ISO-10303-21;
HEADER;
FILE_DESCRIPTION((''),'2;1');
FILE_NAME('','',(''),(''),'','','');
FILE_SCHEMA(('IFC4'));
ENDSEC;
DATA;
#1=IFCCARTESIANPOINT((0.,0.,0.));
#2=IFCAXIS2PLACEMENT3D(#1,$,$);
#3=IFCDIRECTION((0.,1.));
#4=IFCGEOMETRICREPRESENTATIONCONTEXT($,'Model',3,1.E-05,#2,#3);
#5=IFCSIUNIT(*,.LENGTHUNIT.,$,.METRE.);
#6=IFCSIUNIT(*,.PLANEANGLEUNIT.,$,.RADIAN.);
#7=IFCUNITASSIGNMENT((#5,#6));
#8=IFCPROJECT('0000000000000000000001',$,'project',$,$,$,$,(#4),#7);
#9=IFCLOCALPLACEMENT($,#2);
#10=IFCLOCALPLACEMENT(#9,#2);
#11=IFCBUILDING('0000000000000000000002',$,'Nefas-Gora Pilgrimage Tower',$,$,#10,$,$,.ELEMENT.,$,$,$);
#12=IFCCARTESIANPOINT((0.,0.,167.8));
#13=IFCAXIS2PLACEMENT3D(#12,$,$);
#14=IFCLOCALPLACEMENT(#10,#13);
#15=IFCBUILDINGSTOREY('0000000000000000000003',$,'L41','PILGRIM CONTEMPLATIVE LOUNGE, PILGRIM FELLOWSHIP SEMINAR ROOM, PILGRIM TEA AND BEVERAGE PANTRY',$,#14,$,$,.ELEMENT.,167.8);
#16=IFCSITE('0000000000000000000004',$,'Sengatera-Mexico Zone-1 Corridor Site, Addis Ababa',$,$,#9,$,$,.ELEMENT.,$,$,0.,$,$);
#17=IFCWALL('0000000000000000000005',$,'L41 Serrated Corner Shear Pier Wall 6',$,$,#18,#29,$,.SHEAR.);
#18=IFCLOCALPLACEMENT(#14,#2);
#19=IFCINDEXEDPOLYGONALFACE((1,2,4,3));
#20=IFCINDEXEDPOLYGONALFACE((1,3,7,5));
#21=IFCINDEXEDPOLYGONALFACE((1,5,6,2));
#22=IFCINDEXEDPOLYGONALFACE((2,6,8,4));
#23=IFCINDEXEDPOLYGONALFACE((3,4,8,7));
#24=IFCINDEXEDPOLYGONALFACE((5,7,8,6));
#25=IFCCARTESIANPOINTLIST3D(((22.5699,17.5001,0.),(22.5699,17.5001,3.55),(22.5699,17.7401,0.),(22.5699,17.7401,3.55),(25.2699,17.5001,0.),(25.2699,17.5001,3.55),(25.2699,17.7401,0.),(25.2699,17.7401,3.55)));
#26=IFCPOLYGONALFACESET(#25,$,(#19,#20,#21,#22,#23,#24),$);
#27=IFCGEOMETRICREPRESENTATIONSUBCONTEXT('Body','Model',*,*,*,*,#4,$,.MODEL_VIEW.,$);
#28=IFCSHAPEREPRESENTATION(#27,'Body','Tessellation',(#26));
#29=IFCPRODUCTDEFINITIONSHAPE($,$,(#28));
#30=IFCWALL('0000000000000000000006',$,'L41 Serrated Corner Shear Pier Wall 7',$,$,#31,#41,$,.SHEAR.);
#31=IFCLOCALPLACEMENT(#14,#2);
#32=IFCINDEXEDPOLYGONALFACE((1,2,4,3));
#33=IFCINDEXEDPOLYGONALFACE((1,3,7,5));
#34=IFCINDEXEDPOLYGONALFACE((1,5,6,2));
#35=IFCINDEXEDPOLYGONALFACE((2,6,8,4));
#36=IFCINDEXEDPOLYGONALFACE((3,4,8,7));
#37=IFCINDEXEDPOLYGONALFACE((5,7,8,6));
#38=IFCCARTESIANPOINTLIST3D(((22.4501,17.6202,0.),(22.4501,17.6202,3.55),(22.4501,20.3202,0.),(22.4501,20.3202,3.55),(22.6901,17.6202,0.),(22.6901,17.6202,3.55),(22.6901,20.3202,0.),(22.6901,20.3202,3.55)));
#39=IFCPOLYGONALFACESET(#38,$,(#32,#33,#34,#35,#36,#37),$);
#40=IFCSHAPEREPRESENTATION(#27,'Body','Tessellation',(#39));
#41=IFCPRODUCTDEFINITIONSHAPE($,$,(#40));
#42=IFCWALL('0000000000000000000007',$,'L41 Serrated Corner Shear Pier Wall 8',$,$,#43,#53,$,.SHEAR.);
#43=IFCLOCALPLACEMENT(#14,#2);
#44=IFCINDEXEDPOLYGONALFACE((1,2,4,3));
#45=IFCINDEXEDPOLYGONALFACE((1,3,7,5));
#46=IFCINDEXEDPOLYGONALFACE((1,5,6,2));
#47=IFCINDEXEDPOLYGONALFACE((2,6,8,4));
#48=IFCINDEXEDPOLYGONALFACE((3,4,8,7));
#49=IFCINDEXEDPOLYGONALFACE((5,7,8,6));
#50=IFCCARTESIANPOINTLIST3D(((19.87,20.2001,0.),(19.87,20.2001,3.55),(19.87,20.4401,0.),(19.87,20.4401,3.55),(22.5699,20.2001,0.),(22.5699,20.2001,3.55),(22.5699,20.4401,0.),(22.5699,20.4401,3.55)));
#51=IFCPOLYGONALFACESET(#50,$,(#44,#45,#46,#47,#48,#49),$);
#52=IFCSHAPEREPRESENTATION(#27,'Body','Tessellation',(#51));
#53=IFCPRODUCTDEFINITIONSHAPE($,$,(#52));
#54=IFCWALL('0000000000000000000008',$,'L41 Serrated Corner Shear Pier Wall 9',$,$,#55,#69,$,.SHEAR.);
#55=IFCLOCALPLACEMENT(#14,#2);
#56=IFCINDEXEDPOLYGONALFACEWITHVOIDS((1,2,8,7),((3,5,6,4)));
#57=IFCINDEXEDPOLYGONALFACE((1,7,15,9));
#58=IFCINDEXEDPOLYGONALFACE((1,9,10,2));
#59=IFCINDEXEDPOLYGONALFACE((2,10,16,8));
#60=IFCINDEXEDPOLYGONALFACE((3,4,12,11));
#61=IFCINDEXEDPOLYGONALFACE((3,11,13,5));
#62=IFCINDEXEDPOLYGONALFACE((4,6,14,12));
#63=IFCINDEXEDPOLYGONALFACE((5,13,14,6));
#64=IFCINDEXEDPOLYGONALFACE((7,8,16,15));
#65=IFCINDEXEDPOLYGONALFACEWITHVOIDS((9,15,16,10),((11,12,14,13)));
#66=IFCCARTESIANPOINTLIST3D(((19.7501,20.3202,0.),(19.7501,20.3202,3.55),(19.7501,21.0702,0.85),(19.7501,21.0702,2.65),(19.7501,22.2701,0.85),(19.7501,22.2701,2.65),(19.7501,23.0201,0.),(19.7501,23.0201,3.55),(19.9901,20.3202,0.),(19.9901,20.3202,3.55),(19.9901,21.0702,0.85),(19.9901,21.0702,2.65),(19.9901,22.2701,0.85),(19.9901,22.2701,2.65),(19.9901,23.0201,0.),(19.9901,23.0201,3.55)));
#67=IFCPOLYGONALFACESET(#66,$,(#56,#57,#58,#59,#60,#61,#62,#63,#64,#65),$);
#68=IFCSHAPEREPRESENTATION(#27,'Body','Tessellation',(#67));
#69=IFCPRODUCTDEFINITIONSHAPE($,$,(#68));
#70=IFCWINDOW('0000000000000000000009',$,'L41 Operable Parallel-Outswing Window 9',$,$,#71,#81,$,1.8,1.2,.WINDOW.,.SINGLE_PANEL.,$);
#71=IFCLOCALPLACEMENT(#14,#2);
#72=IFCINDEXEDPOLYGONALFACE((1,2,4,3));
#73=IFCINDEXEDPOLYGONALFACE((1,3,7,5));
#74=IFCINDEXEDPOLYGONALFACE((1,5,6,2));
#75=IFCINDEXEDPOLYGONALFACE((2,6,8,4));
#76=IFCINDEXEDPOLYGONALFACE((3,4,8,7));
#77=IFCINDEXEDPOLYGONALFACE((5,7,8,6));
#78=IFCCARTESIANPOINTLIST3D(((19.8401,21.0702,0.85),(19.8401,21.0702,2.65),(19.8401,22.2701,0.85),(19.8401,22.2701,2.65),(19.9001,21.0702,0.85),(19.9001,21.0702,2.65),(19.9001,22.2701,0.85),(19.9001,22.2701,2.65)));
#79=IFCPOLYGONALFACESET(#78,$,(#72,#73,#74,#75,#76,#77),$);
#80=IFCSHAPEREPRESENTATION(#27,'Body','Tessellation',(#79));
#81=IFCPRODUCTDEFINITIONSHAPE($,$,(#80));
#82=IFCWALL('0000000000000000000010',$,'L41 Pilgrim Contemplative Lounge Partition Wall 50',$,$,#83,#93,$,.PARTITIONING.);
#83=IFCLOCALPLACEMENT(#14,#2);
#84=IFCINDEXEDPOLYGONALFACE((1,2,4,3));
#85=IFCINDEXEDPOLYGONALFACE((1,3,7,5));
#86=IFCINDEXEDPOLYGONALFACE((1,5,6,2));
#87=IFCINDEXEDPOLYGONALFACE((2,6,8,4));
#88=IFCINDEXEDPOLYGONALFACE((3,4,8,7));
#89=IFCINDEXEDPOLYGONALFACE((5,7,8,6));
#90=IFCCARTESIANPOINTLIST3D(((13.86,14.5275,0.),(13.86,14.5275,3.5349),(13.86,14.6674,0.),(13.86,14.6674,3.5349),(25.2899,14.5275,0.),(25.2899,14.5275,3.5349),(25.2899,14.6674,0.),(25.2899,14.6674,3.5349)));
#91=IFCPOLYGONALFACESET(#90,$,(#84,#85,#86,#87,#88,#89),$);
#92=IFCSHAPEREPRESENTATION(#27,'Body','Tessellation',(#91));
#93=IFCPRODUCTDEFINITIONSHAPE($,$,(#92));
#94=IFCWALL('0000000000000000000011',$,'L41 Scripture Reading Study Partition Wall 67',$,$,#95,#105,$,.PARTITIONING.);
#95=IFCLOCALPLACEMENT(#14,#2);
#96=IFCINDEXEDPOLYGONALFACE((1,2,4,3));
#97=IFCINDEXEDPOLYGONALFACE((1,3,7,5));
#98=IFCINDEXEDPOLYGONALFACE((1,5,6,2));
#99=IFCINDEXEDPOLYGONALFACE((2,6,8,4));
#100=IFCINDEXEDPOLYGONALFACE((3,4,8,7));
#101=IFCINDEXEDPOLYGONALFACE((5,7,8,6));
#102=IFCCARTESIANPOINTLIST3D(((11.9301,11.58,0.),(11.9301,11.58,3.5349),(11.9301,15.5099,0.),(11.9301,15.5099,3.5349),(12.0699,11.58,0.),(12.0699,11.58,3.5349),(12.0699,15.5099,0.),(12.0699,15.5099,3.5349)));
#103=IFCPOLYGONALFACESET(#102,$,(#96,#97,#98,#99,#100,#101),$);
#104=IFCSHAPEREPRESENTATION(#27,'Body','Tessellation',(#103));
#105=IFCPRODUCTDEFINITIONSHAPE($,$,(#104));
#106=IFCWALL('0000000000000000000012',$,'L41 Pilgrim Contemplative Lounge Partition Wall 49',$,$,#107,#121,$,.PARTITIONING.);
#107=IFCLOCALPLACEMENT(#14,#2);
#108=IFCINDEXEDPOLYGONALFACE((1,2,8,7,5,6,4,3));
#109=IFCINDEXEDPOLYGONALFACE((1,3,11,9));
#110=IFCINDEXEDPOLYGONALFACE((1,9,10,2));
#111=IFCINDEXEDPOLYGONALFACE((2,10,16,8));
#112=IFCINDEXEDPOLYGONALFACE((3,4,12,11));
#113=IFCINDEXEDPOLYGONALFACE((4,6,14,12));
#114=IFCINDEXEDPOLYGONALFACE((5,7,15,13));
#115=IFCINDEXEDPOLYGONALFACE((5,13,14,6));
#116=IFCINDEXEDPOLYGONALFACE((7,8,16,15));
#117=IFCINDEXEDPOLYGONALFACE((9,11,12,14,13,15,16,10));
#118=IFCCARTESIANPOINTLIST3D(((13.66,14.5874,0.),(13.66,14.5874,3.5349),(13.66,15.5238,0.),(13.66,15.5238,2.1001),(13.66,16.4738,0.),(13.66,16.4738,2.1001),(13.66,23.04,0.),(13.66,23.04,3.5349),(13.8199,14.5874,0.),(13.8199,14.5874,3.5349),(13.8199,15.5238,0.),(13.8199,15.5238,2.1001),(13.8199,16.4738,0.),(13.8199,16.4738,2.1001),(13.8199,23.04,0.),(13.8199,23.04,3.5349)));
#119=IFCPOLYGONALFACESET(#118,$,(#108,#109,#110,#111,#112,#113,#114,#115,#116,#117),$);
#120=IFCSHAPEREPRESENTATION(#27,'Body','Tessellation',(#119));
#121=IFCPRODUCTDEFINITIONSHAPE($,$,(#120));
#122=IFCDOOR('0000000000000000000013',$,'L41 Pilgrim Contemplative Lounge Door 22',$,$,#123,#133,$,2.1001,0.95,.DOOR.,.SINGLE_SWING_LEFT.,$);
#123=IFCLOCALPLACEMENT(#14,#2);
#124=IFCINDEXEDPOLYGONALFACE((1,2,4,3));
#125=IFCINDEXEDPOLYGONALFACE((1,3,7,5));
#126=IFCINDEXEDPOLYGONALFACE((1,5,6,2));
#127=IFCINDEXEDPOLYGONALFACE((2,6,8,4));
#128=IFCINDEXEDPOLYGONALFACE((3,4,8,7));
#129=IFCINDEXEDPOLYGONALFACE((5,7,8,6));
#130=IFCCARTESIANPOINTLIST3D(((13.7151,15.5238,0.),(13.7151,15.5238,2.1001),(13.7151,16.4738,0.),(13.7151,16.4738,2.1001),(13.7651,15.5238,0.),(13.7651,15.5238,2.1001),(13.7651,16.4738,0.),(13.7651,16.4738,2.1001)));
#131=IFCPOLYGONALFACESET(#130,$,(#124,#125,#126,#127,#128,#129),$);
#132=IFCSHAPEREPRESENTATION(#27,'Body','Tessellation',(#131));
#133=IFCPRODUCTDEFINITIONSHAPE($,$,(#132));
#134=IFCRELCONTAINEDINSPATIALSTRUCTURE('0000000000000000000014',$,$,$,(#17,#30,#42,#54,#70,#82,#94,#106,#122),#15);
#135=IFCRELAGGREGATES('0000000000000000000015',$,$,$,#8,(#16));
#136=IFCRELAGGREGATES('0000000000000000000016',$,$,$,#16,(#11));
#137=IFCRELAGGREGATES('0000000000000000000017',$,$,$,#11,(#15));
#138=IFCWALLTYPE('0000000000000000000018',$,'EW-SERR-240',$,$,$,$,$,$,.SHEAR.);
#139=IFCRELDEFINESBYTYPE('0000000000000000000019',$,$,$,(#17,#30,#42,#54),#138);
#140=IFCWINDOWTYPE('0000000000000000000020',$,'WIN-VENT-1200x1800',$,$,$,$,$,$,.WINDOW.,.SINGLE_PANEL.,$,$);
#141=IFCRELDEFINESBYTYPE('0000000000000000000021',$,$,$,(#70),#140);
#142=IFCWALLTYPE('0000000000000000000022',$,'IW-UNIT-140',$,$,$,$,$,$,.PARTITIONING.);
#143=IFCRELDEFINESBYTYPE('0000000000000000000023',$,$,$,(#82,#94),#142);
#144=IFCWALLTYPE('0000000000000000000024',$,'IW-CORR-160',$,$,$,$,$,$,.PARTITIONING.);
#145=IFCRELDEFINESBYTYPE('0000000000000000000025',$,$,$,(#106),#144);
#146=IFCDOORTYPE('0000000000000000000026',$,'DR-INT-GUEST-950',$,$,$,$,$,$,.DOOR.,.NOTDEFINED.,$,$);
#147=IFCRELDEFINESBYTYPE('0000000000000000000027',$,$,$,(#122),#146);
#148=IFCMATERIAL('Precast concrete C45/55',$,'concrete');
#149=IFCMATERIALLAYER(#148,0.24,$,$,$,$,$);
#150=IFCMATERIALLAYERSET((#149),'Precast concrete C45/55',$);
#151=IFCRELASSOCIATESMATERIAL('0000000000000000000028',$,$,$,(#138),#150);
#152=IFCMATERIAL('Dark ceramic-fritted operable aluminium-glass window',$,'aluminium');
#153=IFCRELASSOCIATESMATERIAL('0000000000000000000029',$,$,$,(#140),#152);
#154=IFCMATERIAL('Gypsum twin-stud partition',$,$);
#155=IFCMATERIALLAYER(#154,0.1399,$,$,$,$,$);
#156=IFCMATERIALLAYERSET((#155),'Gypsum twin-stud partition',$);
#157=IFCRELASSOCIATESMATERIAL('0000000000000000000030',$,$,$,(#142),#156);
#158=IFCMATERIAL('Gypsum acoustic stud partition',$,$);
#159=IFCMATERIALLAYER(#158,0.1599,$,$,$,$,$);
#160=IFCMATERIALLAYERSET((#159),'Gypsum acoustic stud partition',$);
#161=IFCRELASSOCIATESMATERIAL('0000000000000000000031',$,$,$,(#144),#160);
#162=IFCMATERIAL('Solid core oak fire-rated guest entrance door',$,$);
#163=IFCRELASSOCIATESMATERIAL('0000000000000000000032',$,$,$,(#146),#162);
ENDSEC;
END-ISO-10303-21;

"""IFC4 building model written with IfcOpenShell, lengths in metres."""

from ifc_helpers import new_model, si_unit, direction, frame, frame_2d, origin, place, context, subcontext, project, spatial, rectangle, extrude, source, transform, mapped, material, layer, layer_set, type_object, element, fill, save


model = new_model("IFC4")

# Units and contexts
model_context = context("Model", 3, precision=1e-05, world=origin(), true_north=direction((0.0, 1.0)))
body_context = subcontext(model_context, "Body", "Model", "MODEL_VIEW")
ifc_project = project(units=[si_unit("LENGTHUNIT", "METRE"), si_unit("PLANEANGLEUNIT", "RADIAN")], contexts=[model_context])

# Site, building, storey
site_placement = place(None, origin())
site = spatial("IfcSite", under=ifc_project, at=site_placement, Name="Sengatera-Mexico Zone-1 Corridor Site, Addis Ababa", CompositionType="ELEMENT", RefElevation=0.0)
building_placement = place(site_placement, origin())
building = spatial("IfcBuilding", under=site, at=building_placement, Name="Nefas-Gora Pilgrimage Tower", CompositionType="ELEMENT")
storey_placement = place(building_placement, frame((0.0, 0.0, 167.8)))
storey = spatial("IfcBuildingStorey", under=building, at=storey_placement, Name="L41", Description="PILGRIM CONTEMPLATIVE LOUNGE, PILGRIM FELLOWSHIP SEMINAR ROOM, PILGRIM TEA AND BEVERAGE PANTRY", CompositionType="ELEMENT", Elevation=167.8)

# Walls
ifc_material_1 = material(Name="Precast concrete C45/55", Category="concrete")
ifc_layer_1 = layer(ifc_material_1, 0.24)
ifc_layer_set_1 = layer_set([ifc_layer_1], Name="Precast concrete C45/55")
wall_type_1 = type_object("IfcWallType", Name="EW-SERR-240", PredefinedType="SHEAR", material=ifc_layer_set_1)
shared_shape_1 = source(origin(), body_context, "Body", "SweptSolid", [
    extrude(rectangle(XDim=2.7, YDim=0.24, at=frame_2d((1.3501, 0.0))), origin(), (0.0, 0.0, 1.0), 3.55),
])
for number, where, z_axis, x_axis, name in (
    (1, (25.27, 17.6201, 0.0), (0.0, 0.0, 1.0), (-1.0, 0.0, 0.0), "L41 Serrated Corner Shear Pier Wall 6"),
    (2, (22.5701, 17.6201, 0.0), (0.0, 0.0, 1.0), (0.0, 1.0, 0.0), "L41 Serrated Corner Shear Pier Wall 7"),
    (3, (22.5701, 20.3201, 0.0), (0.0, 0.0, 1.0), (-1.0, 0.0, 0.0), "L41 Serrated Corner Shear Pier Wall 8"),
):
    element("IfcWall", number, at=place(storey_placement, frame(where, z_axis=z_axis, x_axis=x_axis)), inside=storey, type_object=wall_type_1, Name=name, PredefinedType="SHEAR", context=body_context, shape_type="MappedRepresentation", body=[
        mapped(shared_shape_1, transform((0.0, 0.0, 0.0), x_axis=(1.0, 0.0, 0.0), y_axis=(0.0, 1.0, 0.0), z_axis=(0.0, 0.0, 1.0), scale=1.0)),
    ])

# Wall, opening, window
wall_1_placement = place(storey_placement, frame((19.8701, 20.3201, 0.0), z_axis=(0.0, 0.0, 1.0), x_axis=(0.0, 1.0, 0.0)))
wall_1 = element("IfcWall", 4, at=wall_1_placement, inside=storey, type_object=wall_type_1, Name="L41 Serrated Corner Shear Pier Wall 9", PredefinedType="SHEAR", context=body_context, shape_type="MappedRepresentation", body=[
    mapped(shared_shape_1, transform((0.0, 0.0, 0.0), x_axis=(1.0, 0.0, 0.0), y_axis=(0.0, 1.0, 0.0), z_axis=(0.0, 0.0, 1.0), scale=1.0)),
])
opening_1_placement = place(wall_1_placement, frame((0.75, 0.0, 0.8501)))
opening_1 = element("IfcOpeningElement", 5, at=opening_1_placement, cuts=wall_1, PredefinedType="OPENING", context=body_context, shape_type="SweptSolid", body=[
    extrude(rectangle(XDim=1.2, YDim=1.8, at=frame_2d((0.6001, 0.8999))), frame((0.0, 0.1299, 0.0), z_axis=(0.0, -1.0, 0.0), x_axis=(1.0, 0.0, 0.0)), (0.0, 0.0, 1.0), 0.26),
])
ifc_material_2 = material(Name="Dark ceramic-fritted operable aluminium-glass window", Category="aluminium")
window_type = type_object("IfcWindowType", Name="WIN-VENT-1200x1800", PartitioningType="SINGLE_PANEL", PredefinedType="WINDOW", material=ifc_material_2)
shared_shape_2 = source(origin(), body_context, "Body", "SweptSolid", [
    extrude(rectangle(XDim=1.2, YDim=1.8, at=frame_2d((0.6001, 0.8999))), frame((0.0, 0.03, 0.0), z_axis=(0.0, -1.0, 0.0), x_axis=(1.0, 0.0, 0.0)), (0.0, 0.0, 1.0), 0.0601),
])
window_placement = place(opening_1_placement, origin())
window = element("IfcWindow", 6, at=window_placement, inside=storey, type_object=window_type, Name="L41 Operable Parallel-Outswing Window 9", OverallHeight=1.8, OverallWidth=1.2, PartitioningType="SINGLE_PANEL", PredefinedType="WINDOW", context=body_context, shape_type="MappedRepresentation", body=[
    mapped(shared_shape_2, transform((0.0, 0.0, 0.0), x_axis=(1.0, 0.0, 0.0), y_axis=(0.0, 1.0, 0.0), z_axis=(0.0, 0.0, 1.0), scale=1.0)),
])
fill(opening_1, window)

# Walls
ifc_material_3 = material(Name="Gypsum twin-stud partition")
ifc_layer_2 = layer(ifc_material_3, 0.1399)
ifc_layer_set_2 = layer_set([ifc_layer_2], Name="Gypsum twin-stud partition")
wall_type_2 = type_object("IfcWallType", Name="IW-UNIT-140", PredefinedType="PARTITIONING", material=ifc_layer_set_2)
shared_shape_3 = source(origin(), body_context, "Body", "SweptSolid", [
    extrude(rectangle(XDim=11.4299, YDim=0.1399, at=frame_2d((5.7148, 0.0))), origin(), (0.0, 0.0, 1.0), 3.5349),
])
wall_2_placement = place(storey_placement, frame((13.8601, 14.5974, 0.0), z_axis=(0.0, 0.0, 1.0), x_axis=(1.0, 0.0, 0.0)))
element("IfcWall", 7, at=wall_2_placement, inside=storey, type_object=wall_type_2, Name="L41 Pilgrim Contemplative Lounge Partition Wall 50", PredefinedType="PARTITIONING", context=body_context, shape_type="MappedRepresentation", body=[
    mapped(shared_shape_3, transform((0.0, 0.0, 0.0), x_axis=(1.0, 0.0, 0.0), y_axis=(0.0, 1.0, 0.0), z_axis=(0.0, 0.0, 1.0), scale=1.0)),
])
shared_shape_4 = source(origin(), body_context, "Body", "SweptSolid", [
    extrude(rectangle(XDim=3.9299, YDim=0.1399, at=frame_2d((1.9648, 0.0))), origin(), (0.0, 0.0, 1.0), 3.5349),
])
wall_3_placement = place(storey_placement, frame((12.0, 11.5801, 0.0), z_axis=(0.0, 0.0, 1.0), x_axis=(0.0, 1.0, 0.0)))
element("IfcWall", 8, at=wall_3_placement, inside=storey, type_object=wall_type_2, Name="L41 Scripture Reading Study Partition Wall 67", PredefinedType="PARTITIONING", context=body_context, shape_type="MappedRepresentation", body=[
    mapped(shared_shape_4, transform((0.0, 0.0, 0.0), x_axis=(1.0, 0.0, 0.0), y_axis=(0.0, 1.0, 0.0), z_axis=(0.0, 0.0, 1.0), scale=1.0)),
])

# Wall, opening, door
ifc_material_4 = material(Name="Gypsum acoustic stud partition")
ifc_layer_3 = layer(ifc_material_4, 0.1599)
ifc_layer_set_3 = layer_set([ifc_layer_3], Name="Gypsum acoustic stud partition")
wall_type_3 = type_object("IfcWallType", Name="IW-CORR-160", PredefinedType="PARTITIONING", material=ifc_layer_set_3)
shared_shape_5 = source(origin(), body_context, "Body", "SweptSolid", [
    extrude(rectangle(XDim=8.4526, YDim=0.1599, at=frame_2d((4.2263, 0.0))), origin(), (0.0, 0.0, 1.0), 3.5349),
])
wall_4_placement = place(storey_placement, frame((13.74, 14.5874, 0.0), z_axis=(0.0, 0.0, 1.0), x_axis=(0.0, 1.0, 0.0)))
wall_4 = element("IfcWall", 9, at=wall_4_placement, inside=storey, type_object=wall_type_3, Name="L41 Pilgrim Contemplative Lounge Partition Wall 49", PredefinedType="PARTITIONING", context=body_context, shape_type="MappedRepresentation", body=[
    mapped(shared_shape_5, transform((0.0, 0.0, 0.0), x_axis=(1.0, 0.0, 0.0), y_axis=(0.0, 1.0, 0.0), z_axis=(0.0, 0.0, 1.0), scale=1.0)),
])
opening_2_placement = place(wall_4_placement, frame((0.9363, 0.0, 0.0)))
opening_2 = element("IfcOpeningElement", 10, at=opening_2_placement, cuts=wall_4, PredefinedType="OPENING", context=body_context, shape_type="SweptSolid", body=[
    extrude(rectangle(XDim=0.95, YDim=2.1001, at=frame_2d((0.4751, 1.05))), frame((0.0, 0.0898, 0.0), z_axis=(0.0, -1.0, 0.0), x_axis=(1.0, 0.0, 0.0)), (0.0, 0.0, 1.0), 0.1799),
])
ifc_material_5 = material(Name="Solid core oak fire-rated guest entrance door")
door_type = type_object("IfcDoorType", Name="DR-INT-GUEST-950", OperationType="NOTDEFINED", PredefinedType="DOOR", material=ifc_material_5)
shared_shape_6 = source(origin(), body_context, "Body", "SweptSolid", [
    extrude(rectangle(XDim=0.95, YDim=2.1001, at=frame_2d((0.4751, 1.05))), frame((0.0, 0.0249, 0.0), z_axis=(0.0, -1.0, 0.0), x_axis=(1.0, 0.0, 0.0)), (0.0, 0.0, 1.0), 0.05),
])
door_placement = place(opening_2_placement, origin())
door = element("IfcDoor", 11, at=door_placement, inside=storey, type_object=door_type, Name="L41 Pilgrim Contemplative Lounge Door 22", OperationType="SINGLE_SWING_LEFT", OverallHeight=2.1001, OverallWidth=0.95, PredefinedType="DOOR", context=body_context, shape_type="MappedRepresentation", body=[
    mapped(shared_shape_6, transform((0.0, 0.0, 0.0), x_axis=(1.0, 0.0, 0.0), y_axis=(0.0, 1.0, 0.0), z_axis=(0.0, 0.0, 1.0), scale=1.0)),
])
fill(opening_2, door)

save(model, "model.ifc")
